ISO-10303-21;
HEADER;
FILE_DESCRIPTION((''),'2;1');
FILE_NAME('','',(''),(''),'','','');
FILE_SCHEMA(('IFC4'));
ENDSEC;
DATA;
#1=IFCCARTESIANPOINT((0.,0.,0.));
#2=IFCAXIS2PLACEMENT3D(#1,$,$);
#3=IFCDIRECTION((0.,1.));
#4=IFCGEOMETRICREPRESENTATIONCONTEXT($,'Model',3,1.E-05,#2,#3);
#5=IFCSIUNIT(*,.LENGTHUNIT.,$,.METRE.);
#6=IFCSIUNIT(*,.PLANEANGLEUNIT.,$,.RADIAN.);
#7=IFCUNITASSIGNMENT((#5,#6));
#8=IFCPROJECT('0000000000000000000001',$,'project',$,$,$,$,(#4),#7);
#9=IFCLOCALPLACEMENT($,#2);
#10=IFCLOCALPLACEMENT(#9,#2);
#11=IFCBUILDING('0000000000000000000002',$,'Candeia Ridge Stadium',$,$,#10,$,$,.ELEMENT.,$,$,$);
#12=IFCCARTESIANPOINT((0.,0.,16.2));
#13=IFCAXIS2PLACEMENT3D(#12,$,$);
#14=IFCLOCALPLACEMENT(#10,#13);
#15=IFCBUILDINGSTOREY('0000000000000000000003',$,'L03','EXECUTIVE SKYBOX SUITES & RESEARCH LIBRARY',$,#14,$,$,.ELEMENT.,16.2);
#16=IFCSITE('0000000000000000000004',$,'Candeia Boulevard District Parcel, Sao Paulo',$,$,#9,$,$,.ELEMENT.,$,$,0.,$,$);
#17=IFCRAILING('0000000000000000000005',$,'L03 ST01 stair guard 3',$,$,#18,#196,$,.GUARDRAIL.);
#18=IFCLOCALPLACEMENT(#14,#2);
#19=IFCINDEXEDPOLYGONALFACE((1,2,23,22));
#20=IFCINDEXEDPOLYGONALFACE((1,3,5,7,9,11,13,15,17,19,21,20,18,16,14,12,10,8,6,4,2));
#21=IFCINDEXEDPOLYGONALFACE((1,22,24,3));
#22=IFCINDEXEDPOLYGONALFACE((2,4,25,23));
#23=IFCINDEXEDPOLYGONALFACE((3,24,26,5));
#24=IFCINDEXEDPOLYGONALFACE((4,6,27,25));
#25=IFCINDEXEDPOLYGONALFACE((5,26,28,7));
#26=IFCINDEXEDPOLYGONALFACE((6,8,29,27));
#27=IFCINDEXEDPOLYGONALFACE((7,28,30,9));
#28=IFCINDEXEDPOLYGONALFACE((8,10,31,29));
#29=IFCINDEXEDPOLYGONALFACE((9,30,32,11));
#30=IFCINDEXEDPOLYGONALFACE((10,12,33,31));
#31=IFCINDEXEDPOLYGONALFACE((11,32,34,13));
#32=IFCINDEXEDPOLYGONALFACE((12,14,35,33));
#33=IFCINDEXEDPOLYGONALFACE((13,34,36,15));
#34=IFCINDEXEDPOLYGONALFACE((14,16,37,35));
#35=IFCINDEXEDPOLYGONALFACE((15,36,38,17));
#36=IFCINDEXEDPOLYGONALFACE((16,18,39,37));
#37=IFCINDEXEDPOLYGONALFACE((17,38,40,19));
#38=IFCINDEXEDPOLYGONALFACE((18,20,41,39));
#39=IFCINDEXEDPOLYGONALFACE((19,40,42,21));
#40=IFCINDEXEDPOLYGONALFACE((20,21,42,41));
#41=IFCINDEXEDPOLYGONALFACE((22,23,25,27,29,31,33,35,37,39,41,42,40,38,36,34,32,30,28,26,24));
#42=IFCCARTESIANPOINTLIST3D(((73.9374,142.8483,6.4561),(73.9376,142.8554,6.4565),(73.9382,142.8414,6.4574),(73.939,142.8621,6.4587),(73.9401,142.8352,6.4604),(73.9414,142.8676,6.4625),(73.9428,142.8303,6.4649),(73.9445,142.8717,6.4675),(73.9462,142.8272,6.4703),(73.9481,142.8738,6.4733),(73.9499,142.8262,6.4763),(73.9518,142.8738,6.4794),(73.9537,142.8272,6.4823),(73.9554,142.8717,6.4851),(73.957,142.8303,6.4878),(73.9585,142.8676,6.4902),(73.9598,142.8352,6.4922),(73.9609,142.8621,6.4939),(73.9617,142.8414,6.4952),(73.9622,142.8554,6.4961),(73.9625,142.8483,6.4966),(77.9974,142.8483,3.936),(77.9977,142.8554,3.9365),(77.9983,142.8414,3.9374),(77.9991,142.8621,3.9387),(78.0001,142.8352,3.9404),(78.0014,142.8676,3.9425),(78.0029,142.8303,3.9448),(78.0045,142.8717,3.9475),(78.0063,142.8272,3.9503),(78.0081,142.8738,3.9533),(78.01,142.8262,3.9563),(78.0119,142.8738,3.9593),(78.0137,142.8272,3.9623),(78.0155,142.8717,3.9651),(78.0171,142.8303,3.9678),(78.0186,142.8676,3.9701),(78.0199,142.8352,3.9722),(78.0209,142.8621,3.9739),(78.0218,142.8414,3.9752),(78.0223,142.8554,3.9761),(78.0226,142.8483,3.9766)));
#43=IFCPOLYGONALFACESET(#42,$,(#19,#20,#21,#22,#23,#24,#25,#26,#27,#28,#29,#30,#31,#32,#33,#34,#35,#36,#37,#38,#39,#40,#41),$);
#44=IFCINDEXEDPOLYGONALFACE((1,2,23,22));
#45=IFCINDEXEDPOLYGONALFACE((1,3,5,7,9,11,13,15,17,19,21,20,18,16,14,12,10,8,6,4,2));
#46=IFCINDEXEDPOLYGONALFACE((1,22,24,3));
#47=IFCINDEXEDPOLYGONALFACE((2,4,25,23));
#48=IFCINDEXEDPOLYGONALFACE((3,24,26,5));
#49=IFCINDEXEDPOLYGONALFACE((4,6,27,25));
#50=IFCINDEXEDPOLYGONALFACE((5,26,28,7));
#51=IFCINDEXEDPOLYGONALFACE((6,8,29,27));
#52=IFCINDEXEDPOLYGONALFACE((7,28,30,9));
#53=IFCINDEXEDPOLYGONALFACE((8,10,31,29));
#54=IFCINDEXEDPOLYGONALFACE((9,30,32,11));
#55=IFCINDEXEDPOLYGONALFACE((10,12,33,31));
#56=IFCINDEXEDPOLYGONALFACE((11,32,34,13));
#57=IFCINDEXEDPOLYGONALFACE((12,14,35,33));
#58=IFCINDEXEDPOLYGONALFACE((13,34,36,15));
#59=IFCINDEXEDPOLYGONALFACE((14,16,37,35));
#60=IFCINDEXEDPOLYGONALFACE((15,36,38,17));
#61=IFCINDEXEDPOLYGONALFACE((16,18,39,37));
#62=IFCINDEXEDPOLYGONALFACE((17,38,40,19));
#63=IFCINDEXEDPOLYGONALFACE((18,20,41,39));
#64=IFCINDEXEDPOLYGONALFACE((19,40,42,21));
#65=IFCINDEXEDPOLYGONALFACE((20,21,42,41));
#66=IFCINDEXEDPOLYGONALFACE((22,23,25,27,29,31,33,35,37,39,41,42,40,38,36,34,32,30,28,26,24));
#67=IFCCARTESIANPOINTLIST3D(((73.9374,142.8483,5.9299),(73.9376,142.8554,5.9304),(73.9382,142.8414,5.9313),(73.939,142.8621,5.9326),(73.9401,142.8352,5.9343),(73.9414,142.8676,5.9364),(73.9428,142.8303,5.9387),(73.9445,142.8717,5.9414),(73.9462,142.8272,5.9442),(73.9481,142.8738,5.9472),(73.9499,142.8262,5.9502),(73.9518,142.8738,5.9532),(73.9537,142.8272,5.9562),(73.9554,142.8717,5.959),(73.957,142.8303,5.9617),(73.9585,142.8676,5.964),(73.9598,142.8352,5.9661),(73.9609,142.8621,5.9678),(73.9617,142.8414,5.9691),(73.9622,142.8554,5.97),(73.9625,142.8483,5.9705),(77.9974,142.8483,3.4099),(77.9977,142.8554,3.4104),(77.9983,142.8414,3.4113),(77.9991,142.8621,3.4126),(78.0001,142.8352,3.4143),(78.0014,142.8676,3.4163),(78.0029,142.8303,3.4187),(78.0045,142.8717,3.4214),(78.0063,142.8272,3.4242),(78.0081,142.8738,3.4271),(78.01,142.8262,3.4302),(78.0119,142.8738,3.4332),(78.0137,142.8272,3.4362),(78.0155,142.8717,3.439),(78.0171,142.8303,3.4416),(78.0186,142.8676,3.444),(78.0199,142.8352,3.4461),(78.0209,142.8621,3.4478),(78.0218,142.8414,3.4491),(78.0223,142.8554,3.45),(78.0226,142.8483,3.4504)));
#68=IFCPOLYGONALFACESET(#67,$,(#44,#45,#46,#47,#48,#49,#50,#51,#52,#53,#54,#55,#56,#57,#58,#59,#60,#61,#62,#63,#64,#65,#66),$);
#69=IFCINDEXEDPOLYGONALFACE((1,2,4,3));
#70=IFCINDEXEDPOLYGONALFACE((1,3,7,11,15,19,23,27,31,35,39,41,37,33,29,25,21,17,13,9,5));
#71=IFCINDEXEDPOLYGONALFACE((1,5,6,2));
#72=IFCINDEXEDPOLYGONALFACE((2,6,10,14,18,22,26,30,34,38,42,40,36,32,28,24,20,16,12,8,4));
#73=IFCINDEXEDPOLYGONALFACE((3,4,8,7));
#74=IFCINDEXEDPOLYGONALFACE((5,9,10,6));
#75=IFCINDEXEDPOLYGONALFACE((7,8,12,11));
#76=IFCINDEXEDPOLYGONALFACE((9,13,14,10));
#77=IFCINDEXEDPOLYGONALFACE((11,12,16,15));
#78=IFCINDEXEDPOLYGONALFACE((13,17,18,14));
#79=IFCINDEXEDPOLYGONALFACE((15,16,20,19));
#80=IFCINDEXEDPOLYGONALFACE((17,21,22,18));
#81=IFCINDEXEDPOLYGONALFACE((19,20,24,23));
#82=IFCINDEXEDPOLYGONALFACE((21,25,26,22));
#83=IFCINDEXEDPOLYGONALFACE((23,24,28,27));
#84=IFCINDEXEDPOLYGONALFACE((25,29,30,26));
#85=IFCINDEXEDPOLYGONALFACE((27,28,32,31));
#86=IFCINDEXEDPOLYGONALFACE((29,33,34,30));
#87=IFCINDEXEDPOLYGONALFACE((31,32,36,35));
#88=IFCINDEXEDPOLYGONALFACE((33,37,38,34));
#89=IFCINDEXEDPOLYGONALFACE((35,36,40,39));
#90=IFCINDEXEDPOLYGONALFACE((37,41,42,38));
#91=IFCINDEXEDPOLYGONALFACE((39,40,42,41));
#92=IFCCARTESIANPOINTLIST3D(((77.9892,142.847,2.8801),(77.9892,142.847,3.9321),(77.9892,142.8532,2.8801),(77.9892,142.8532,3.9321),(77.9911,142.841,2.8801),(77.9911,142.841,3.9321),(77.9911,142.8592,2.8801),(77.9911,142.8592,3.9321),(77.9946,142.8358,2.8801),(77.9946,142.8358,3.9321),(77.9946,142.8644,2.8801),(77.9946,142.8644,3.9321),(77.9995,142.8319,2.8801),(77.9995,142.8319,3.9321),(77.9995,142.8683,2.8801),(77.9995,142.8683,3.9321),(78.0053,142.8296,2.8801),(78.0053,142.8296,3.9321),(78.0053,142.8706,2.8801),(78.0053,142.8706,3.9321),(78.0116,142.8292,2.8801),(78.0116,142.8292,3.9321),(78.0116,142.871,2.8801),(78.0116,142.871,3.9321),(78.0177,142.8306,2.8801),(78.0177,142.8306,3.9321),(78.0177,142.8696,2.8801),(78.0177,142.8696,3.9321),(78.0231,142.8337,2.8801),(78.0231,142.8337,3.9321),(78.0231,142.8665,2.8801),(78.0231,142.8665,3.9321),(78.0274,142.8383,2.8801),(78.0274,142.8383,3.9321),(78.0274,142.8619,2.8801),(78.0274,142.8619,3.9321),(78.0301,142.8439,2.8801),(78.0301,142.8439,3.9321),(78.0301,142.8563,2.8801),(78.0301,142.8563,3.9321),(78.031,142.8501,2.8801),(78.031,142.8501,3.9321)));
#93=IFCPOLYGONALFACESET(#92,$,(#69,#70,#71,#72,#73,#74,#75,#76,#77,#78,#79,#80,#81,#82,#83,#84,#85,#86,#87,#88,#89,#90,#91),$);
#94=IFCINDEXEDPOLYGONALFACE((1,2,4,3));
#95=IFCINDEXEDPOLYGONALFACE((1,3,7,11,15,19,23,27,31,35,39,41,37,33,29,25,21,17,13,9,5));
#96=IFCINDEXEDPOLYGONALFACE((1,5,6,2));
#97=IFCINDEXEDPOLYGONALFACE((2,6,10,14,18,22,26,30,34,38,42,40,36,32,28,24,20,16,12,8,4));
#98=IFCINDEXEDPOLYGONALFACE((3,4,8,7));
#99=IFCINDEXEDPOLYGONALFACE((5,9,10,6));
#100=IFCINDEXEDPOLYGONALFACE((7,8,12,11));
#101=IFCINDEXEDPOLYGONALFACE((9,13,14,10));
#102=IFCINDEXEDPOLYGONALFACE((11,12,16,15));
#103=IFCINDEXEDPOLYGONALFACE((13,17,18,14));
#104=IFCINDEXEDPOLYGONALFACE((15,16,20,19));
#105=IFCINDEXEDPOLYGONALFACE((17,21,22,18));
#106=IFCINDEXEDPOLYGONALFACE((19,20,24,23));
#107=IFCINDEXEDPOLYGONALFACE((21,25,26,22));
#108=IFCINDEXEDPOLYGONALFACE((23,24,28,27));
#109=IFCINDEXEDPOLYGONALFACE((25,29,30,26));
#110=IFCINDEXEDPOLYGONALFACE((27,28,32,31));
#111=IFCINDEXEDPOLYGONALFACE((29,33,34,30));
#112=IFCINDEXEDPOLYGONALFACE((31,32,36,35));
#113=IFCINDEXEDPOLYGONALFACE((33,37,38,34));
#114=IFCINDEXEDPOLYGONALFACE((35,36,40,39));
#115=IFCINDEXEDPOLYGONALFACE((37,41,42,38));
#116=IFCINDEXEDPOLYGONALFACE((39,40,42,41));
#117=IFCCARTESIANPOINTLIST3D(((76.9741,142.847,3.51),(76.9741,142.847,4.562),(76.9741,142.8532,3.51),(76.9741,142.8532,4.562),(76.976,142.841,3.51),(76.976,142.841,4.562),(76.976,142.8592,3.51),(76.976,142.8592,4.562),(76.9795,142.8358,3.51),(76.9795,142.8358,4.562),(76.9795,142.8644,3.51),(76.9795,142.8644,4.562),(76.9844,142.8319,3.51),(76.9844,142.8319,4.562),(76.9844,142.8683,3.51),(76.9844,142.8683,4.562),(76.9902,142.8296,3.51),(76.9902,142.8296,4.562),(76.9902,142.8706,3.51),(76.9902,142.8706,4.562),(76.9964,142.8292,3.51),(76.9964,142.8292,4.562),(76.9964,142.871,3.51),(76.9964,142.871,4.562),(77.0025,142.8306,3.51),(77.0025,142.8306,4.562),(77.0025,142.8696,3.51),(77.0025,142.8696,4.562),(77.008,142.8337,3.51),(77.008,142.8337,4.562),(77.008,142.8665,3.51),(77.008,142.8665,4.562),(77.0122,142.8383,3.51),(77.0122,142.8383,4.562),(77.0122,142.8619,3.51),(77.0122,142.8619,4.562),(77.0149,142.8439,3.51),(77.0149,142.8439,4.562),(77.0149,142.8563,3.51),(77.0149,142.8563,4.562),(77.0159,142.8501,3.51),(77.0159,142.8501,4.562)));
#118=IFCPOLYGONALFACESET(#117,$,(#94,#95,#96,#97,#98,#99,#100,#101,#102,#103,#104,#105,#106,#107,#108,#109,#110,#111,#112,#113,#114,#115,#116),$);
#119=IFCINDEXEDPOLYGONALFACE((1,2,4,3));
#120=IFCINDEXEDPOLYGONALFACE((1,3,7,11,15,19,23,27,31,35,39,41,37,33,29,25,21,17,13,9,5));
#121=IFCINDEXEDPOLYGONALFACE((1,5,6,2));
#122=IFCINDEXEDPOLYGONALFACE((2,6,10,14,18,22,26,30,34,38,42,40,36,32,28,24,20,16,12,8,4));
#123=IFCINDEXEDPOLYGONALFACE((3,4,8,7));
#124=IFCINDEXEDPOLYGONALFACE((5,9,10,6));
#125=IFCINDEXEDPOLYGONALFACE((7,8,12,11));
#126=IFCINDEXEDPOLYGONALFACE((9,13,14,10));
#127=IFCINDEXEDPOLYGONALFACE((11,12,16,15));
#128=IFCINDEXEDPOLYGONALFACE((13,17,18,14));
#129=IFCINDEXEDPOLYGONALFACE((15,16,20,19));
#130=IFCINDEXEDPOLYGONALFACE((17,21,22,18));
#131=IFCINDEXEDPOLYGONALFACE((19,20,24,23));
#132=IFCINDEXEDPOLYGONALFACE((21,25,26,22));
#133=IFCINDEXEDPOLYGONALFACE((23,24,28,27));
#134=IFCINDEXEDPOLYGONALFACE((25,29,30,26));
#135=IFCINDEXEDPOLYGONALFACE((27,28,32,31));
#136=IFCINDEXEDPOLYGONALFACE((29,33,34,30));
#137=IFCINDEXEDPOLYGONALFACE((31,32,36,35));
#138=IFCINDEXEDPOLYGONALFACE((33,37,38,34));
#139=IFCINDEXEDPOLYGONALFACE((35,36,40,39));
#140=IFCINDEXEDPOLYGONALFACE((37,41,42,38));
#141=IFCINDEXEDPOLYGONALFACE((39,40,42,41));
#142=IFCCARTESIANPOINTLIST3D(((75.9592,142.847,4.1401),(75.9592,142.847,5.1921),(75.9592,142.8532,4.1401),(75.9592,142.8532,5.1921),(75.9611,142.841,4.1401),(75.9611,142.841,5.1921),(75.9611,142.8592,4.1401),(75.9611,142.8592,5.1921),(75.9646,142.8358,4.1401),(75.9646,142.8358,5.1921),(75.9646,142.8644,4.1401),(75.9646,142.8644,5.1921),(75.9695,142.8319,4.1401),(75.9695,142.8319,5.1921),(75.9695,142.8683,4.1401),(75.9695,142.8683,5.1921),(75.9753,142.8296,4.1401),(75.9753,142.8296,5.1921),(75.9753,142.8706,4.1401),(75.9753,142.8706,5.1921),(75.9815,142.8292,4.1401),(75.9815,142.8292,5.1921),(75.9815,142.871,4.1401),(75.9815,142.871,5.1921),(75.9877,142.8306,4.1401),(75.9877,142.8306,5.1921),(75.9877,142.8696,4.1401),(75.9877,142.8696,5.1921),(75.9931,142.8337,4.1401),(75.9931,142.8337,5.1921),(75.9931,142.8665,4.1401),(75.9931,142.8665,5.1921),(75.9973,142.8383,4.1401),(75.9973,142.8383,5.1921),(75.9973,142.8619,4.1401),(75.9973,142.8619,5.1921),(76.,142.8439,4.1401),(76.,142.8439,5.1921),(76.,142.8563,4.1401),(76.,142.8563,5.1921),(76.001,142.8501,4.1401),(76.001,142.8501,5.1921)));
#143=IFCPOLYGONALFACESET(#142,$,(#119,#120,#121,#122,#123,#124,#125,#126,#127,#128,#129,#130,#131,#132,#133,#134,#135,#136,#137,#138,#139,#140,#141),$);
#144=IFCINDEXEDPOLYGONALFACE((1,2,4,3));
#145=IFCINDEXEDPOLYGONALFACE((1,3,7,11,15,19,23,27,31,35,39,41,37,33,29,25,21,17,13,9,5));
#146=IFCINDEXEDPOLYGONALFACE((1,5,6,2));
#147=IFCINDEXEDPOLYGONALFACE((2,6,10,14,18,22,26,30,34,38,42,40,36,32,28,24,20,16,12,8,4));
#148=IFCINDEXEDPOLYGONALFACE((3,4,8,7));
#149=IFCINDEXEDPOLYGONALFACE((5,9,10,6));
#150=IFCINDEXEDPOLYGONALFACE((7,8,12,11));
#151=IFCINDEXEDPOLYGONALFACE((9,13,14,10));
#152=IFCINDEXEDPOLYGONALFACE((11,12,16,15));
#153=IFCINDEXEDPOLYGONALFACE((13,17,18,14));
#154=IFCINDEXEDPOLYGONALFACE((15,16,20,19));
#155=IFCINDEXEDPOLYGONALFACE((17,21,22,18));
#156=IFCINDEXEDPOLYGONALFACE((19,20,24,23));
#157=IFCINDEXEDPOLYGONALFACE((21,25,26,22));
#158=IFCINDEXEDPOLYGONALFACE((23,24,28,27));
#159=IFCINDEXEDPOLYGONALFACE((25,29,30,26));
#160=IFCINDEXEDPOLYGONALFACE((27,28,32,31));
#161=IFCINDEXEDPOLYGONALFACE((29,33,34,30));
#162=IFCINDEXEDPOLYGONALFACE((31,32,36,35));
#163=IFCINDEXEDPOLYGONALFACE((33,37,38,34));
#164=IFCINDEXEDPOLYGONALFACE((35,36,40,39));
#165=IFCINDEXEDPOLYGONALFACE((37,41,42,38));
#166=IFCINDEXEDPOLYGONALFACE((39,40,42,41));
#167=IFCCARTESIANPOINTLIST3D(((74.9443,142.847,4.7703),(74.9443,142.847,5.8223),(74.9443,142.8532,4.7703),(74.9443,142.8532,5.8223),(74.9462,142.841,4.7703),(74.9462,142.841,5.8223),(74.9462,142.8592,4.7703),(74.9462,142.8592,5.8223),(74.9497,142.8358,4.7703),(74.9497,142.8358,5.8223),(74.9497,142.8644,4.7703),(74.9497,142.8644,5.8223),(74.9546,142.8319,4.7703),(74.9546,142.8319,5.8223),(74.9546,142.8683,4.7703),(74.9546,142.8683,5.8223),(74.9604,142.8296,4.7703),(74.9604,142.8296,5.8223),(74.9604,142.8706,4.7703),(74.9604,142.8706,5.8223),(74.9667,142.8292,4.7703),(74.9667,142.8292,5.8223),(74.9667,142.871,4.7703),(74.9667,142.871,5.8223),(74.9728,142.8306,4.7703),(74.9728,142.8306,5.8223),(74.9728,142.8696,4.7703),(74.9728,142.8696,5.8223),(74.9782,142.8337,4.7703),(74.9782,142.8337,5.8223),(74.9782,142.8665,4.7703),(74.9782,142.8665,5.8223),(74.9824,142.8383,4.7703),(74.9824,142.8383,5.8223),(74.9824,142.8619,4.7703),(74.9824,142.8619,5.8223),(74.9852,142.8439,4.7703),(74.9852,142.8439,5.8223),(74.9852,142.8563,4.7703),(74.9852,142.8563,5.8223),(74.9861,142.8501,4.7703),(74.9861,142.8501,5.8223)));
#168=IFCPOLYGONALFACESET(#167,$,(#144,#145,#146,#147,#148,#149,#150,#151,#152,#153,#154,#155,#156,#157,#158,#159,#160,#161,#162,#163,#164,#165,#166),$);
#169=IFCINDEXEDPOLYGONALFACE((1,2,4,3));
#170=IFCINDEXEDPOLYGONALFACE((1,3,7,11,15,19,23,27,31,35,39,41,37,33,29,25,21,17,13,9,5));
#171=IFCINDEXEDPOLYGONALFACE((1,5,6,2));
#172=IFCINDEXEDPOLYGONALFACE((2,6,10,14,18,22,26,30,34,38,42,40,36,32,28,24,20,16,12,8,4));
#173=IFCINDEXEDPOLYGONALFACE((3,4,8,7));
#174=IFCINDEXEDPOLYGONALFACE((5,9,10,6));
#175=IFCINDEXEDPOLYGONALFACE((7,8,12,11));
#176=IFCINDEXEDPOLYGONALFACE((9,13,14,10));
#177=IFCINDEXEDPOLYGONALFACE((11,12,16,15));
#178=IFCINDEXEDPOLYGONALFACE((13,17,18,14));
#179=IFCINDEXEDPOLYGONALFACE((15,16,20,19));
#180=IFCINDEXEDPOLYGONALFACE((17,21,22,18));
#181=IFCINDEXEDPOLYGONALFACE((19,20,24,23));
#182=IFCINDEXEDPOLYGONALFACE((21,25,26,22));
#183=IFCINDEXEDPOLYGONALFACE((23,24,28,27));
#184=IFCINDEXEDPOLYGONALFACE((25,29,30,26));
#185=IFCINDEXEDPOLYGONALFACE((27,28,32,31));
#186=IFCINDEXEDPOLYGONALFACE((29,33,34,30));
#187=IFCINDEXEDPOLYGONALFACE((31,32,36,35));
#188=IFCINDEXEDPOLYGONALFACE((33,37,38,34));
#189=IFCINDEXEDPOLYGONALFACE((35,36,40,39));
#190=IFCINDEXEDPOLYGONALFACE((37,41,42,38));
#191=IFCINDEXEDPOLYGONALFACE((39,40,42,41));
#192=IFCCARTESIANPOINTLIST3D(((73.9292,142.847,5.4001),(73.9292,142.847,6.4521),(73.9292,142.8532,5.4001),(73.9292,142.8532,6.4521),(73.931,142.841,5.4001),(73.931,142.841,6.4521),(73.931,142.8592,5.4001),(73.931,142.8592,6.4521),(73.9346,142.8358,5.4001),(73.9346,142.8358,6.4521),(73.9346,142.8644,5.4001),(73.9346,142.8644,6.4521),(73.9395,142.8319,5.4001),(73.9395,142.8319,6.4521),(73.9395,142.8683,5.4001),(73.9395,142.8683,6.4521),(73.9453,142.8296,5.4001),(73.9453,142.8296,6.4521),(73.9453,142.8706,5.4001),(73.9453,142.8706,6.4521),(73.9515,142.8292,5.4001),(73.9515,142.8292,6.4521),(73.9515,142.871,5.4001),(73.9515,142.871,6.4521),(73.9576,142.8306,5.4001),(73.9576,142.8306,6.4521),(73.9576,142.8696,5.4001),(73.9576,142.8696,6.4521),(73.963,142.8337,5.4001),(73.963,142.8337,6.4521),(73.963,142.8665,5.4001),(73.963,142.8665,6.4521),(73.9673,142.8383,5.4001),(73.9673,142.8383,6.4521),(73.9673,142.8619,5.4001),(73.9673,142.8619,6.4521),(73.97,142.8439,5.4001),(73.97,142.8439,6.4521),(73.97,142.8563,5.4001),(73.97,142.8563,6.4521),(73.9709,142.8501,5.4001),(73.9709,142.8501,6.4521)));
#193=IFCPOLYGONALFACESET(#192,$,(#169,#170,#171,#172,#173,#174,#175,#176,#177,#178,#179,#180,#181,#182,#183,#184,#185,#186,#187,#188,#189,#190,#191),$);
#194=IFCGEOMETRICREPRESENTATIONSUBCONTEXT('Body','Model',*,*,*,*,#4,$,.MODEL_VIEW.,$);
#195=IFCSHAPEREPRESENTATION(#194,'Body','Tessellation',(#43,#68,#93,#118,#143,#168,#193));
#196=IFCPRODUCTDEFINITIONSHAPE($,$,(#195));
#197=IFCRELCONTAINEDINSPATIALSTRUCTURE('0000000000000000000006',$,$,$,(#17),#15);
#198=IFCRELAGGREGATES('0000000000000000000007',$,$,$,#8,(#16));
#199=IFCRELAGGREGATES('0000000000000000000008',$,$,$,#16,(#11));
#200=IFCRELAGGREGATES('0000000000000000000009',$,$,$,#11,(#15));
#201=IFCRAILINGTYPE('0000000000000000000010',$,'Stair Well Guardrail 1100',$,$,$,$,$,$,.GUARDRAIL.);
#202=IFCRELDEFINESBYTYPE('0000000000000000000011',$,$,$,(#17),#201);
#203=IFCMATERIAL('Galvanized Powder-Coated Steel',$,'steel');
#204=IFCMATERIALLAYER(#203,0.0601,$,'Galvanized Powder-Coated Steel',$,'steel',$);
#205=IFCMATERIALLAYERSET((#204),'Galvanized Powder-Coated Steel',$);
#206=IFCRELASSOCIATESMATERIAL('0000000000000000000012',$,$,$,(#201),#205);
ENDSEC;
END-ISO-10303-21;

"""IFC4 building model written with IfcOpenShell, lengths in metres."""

from ifc_helpers import new_model, si_unit, direction, frame, origin, origin_2d, place, context, subcontext, project, spatial, circle, extrude, material, layer, layer_set, type_object, element, save


model = new_model("IFC4")

# Units and contexts
model_context = context("Model", 3, precision=1e-05, world=origin(), true_north=direction((0.0, 1.0)))
body_context = subcontext(model_context, "Body", "Model", "MODEL_VIEW")
ifc_project = project(units=[si_unit("LENGTHUNIT", "METRE"), si_unit("PLANEANGLEUNIT", "RADIAN")], contexts=[model_context])

# Site, building, storey
site_placement = place(None, origin())
site = spatial("IfcSite", under=ifc_project, at=site_placement, Name="Candeia Boulevard District Parcel, Sao Paulo", CompositionType="ELEMENT", RefElevation=0.0)
building_placement = place(site_placement, origin())
building = spatial("IfcBuilding", under=site, at=building_placement, Name="Candeia Ridge Stadium", CompositionType="ELEMENT")
storey_placement = place(building_placement, frame((0.0, 0.0, 16.2)))
storey = spatial("IfcBuildingStorey", under=building, at=storey_placement, Name="L03", Description="EXECUTIVE SKYBOX SUITES & RESEARCH LIBRARY", CompositionType="ELEMENT", Elevation=16.2)

# Railing
ifc_material_1 = material(Name="Galvanized Powder-Coated Steel", Category="steel")
ifc_layer_1 = layer(ifc_material_1, 0.0601, Name="Galvanized Powder-Coated Steel", Category="steel")
ifc_layer_set_1 = layer_set([ifc_layer_1], Name="Galvanized Powder-Coated Steel")
railing_type_1 = type_object("IfcRailingType", Name="Stair Well Guardrail 1100", PredefinedType="GUARDRAIL", material=ifc_layer_set_1)
railing_1_placement = place(storey_placement, frame((78.01, 142.8501, 2.8801)))
element("IfcRailing", 1, at=railing_1_placement, inside=storey, type_object=railing_type_1, Name="L03 ST01 stair guard 3", PredefinedType="GUARDRAIL", context=body_context, shape_type="SweptSolid", body=[
    extrude(circle(Radius=0.0239, at=origin_2d()), frame((0.0, 0.0, 1.0762), z_axis=(-0.849642, 0.0, 0.52736), x_axis=(0.0, -1.0, 0.0)), (0.0, 0.0, 1.0), 4.7786),
    extrude(circle(Radius=0.0239, at=origin_2d()), frame((0.0, 0.0, 0.55), z_axis=(-0.849642, 0.0, 0.52736), x_axis=(0.0, -1.0, 0.0)), (0.0, 0.0, 1.0), 4.7786),
    extrude(circle(Radius=0.021, at=origin_2d()), origin(), (0.0, 0.0, 1.0), 1.052),
    extrude(circle(Radius=0.021, at=origin_2d()), frame((-1.0151, 0.0, 0.6299)), (0.0, 0.0, 1.0), 1.052),
    extrude(circle(Radius=0.021, at=origin_2d()), frame((-2.03, 0.0, 1.26)), (0.0, 0.0, 1.0), 1.052),
    extrude(circle(Radius=0.021, at=origin_2d()), frame((-3.0449, 0.0, 1.8901)), (0.0, 0.0, 1.0), 1.052),
    extrude(circle(Radius=0.021, at=origin_2d()), frame((-4.0601, 0.0, 2.52)), (0.0, 0.0, 1.0), 1.052),
])

save(model, "model.ifc")
